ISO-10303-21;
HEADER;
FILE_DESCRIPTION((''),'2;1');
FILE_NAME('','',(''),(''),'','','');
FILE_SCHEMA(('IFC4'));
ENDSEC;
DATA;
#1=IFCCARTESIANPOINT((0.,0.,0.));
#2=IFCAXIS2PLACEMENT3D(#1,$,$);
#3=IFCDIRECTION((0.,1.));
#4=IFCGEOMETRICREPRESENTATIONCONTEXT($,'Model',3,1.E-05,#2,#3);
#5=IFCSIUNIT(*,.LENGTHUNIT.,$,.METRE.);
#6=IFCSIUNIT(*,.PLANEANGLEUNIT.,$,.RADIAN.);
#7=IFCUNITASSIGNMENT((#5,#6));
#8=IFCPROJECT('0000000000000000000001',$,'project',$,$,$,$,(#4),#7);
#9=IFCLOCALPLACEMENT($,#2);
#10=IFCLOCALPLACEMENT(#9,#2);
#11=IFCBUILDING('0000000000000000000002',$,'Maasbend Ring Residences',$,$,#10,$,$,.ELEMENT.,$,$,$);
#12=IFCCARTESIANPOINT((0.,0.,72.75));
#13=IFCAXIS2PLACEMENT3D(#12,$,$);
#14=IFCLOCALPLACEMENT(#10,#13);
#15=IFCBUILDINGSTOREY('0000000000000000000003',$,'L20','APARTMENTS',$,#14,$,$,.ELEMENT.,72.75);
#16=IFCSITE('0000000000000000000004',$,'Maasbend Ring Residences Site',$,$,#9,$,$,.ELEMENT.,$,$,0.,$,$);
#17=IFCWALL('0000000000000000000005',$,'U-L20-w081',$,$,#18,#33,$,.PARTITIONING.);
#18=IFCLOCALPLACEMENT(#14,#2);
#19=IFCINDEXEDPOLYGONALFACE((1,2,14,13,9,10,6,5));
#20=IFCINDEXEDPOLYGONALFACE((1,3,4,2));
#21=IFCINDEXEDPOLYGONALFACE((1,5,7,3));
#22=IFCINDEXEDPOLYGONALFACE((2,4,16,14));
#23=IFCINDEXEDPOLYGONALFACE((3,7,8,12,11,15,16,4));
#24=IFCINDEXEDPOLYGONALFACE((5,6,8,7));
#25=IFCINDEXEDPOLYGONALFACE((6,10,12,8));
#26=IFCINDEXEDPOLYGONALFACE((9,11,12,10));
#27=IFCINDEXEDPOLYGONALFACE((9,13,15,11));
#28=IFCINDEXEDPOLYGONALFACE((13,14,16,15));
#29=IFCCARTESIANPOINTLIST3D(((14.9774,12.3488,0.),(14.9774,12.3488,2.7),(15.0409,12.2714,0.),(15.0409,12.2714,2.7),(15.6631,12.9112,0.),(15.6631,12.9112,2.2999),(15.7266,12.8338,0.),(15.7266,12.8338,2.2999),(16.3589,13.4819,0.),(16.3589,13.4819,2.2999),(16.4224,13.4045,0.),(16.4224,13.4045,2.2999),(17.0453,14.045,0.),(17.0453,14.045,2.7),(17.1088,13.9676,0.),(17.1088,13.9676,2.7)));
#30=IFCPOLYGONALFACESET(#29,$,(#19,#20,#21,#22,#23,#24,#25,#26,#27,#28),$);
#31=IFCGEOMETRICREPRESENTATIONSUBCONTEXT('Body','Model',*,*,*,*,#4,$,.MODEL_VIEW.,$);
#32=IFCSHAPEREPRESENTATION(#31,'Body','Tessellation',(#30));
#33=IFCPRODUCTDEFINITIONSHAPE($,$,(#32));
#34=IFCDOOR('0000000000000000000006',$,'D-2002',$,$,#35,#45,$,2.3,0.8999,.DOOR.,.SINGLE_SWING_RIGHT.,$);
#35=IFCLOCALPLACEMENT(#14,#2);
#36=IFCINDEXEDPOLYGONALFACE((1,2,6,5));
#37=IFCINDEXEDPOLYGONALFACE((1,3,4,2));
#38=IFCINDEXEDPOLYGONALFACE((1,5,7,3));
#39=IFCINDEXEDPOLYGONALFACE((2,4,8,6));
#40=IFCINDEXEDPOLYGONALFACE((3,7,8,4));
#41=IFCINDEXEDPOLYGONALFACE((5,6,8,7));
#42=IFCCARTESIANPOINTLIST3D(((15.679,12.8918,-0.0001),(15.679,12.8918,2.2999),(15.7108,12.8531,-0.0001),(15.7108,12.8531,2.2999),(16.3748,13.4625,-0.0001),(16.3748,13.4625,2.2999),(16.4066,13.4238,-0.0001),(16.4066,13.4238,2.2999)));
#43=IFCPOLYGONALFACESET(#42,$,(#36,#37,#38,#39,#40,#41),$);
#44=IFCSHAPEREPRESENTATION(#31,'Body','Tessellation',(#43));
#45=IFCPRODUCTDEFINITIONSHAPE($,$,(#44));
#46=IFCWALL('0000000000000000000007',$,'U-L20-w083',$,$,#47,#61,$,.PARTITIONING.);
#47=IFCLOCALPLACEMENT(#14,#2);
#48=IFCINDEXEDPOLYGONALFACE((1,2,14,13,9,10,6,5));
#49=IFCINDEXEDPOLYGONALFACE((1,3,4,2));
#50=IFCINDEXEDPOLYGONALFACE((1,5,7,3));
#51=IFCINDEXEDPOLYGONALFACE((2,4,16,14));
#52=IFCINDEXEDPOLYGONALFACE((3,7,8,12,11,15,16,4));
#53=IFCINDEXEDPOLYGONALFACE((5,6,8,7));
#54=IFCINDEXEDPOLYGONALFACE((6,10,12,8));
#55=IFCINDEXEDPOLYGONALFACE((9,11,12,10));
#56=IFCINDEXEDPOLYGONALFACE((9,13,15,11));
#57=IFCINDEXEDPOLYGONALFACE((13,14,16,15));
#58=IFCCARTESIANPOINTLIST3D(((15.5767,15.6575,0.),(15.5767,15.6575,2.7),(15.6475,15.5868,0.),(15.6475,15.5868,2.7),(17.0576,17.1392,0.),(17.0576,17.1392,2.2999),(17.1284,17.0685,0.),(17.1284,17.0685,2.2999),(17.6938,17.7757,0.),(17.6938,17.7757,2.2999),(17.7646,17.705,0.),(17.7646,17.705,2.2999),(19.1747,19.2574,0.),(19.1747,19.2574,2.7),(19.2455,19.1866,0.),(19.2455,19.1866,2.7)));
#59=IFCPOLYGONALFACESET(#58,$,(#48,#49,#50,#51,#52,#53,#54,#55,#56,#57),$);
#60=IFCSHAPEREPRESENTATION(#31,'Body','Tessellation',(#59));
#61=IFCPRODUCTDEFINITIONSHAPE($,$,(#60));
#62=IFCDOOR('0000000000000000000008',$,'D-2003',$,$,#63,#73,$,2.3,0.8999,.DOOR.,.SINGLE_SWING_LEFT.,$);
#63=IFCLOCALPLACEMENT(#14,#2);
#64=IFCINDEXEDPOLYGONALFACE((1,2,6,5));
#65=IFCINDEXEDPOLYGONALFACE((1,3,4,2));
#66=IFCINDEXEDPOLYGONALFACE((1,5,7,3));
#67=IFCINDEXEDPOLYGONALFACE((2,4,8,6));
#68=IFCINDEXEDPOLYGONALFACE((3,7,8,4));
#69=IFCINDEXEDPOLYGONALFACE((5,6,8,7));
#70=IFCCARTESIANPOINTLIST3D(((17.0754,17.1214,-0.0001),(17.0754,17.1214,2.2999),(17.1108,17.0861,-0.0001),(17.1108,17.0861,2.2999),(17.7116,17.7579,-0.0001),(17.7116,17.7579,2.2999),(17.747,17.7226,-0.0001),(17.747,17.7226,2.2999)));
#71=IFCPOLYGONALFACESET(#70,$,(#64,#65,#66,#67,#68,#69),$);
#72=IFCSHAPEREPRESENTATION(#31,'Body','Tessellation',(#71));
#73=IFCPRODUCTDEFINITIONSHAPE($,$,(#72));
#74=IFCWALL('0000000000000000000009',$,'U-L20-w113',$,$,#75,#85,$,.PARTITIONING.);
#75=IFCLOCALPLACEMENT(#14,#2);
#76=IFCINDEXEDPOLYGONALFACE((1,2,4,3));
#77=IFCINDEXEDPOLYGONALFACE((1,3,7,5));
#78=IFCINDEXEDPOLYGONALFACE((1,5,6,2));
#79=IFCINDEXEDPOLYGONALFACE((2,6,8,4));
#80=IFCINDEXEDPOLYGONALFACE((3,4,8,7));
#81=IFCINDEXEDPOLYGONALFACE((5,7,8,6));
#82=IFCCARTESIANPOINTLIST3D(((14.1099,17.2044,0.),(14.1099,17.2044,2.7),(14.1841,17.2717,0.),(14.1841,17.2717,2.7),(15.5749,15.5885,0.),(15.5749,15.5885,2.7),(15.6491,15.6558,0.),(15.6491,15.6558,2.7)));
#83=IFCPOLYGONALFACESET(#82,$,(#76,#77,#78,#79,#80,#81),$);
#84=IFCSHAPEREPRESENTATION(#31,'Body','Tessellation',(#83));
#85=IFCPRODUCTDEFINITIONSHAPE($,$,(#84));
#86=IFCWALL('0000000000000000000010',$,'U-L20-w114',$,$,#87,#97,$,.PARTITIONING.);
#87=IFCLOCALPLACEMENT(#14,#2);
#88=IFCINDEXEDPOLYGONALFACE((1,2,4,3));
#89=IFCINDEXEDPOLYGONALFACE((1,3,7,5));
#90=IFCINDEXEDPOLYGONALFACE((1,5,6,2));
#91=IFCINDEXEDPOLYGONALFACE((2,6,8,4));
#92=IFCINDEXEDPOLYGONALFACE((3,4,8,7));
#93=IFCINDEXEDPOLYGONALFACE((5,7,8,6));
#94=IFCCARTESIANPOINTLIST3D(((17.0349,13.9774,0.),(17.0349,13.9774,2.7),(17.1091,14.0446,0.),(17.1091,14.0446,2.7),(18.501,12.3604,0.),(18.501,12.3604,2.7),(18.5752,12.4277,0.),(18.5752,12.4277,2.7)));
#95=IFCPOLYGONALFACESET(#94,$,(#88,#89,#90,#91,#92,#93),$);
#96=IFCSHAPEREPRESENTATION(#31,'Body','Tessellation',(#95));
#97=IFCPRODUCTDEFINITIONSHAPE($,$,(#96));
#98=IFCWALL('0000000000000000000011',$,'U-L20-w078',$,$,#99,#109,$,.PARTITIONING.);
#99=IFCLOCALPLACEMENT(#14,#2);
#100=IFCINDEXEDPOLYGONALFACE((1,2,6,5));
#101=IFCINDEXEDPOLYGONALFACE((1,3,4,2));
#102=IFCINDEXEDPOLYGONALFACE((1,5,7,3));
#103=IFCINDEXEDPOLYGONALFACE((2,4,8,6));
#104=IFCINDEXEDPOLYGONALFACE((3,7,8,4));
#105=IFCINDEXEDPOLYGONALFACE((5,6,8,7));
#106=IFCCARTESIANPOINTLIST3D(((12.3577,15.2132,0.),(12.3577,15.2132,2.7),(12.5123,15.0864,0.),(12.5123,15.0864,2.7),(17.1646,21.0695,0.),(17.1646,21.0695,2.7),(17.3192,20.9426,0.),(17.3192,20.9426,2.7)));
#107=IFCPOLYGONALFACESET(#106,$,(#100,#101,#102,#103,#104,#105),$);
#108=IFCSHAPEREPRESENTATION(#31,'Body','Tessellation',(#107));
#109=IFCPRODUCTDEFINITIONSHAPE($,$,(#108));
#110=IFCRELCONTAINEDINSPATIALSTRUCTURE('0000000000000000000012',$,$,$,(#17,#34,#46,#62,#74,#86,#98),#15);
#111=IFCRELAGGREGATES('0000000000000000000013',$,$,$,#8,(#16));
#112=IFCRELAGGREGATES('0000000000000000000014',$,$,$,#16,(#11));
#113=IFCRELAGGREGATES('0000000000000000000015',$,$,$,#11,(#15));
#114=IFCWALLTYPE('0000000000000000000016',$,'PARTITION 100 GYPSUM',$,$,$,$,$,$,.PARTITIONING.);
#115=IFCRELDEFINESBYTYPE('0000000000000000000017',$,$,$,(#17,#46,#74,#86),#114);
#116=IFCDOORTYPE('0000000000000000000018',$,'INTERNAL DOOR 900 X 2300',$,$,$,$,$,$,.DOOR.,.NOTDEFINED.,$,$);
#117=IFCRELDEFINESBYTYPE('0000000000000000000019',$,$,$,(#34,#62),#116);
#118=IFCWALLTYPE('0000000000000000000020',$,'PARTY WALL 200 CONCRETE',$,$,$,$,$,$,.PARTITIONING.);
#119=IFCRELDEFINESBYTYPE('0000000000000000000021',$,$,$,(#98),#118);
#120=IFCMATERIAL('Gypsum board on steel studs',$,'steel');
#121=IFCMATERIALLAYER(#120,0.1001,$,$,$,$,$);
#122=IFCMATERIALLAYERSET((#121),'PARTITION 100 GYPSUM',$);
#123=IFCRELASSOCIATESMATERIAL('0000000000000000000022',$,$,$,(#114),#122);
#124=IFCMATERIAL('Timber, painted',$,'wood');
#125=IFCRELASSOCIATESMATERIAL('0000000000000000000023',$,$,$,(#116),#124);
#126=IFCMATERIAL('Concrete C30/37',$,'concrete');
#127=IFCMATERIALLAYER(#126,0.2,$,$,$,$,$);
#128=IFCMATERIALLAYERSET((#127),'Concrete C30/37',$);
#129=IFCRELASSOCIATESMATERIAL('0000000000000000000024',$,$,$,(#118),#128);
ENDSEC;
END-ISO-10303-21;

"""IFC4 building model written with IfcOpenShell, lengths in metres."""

from ifc_helpers import new_model, si_unit, direction, frame, frame_2d, origin, place, context, subcontext, project, spatial, rectangle, extrude, material, layer, layer_set, type_object, element, fill, save


model = new_model("IFC4")

# Units and contexts
model_context = context("Model", 3, precision=1e-05, world=origin(), true_north=direction((0.0, 1.0)))
body_context = subcontext(model_context, "Body", "Model", "MODEL_VIEW")
ifc_project = project(units=[si_unit("LENGTHUNIT", "METRE"), si_unit("PLANEANGLEUNIT", "RADIAN")], contexts=[model_context])

# Site, building, storey
site_placement = place(None, origin())
site = spatial("IfcSite", under=ifc_project, at=site_placement, Name="Maasbend Ring Residences Site", CompositionType="ELEMENT", RefElevation=0.0)
building_placement = place(site_placement, origin())
building = spatial("IfcBuilding", under=site, at=building_placement, Name="Maasbend Ring Residences", CompositionType="ELEMENT")
storey_placement = place(building_placement, frame((0.0, 0.0, 72.75)))
storey = spatial("IfcBuildingStorey", under=building, at=storey_placement, Name="L20", Description="APARTMENTS", CompositionType="ELEMENT", Elevation=72.75)

# Walls, openings, doors
ifc_material_1 = material(Name="Gypsum board on steel studs", Category="steel")
ifc_layer_1 = layer(ifc_material_1, 0.1001)
ifc_layer_set_1 = layer_set([ifc_layer_1], Name="PARTITION 100 GYPSUM")
wall_type_1 = type_object("IfcWallType", Name="PARTITION 100 GYPSUM", PredefinedType="PARTITIONING", material=ifc_layer_set_1)
ifc_material_2 = material(Name="Timber, painted", Category="wood")
door_type_1 = type_object("IfcDoorType", Name="INTERNAL DOOR 900 X 2300", OperationType="NOTDEFINED", PredefinedType="DOOR", material=ifc_material_2)
wall_1_placement = place(storey_placement, frame((15.009, 12.3101, 0.0), z_axis=(0.0, 0.0, 1.0), x_axis=(0.773196, 0.634167, 0.0)))
wall_1 = element("IfcWall", 1, at=wall_1_placement, inside=storey, type_object=wall_type_1, Name="U-L20-w081", PredefinedType="PARTITIONING", context=body_context, shape_type="SweptSolid", body=[
    extrude(rectangle(XDim=2.6746, YDim=0.1001, at=frame_2d((1.3374, 0.0))), origin(), (0.0, 0.0, 1.0), 2.7),
])
opening_1_placement = place(wall_1_placement, frame((0.887, 0.0, 0.0)))
opening_1 = element("IfcOpeningElement", 2, at=opening_1_placement, cuts=wall_1, PredefinedType="OPENING", context=body_context, shape_type="SweptSolid", body=[
    extrude(rectangle(XDim=0.8999, YDim=2.3, at=frame_2d((0.45, 1.1499))), frame((0.0, 0.0601, 0.0), z_axis=(0.0, -1.0, 0.0), x_axis=(1.0, 0.0, 0.0)), (0.0, 0.0, 1.0), 0.1201),
])
door_1_placement = place(opening_1_placement, origin())
door_1 = element("IfcDoor", 3, at=door_1_placement, inside=storey, type_object=door_type_1, Name="D-2002", OperationType="SINGLE_SWING_RIGHT", OverallHeight=2.3, OverallWidth=0.8999, PredefinedType="DOOR", context=body_context, shape_type="SweptSolid", body=[
    extrude(rectangle(XDim=0.8999, YDim=2.3, at=frame_2d((0.45, 1.1499))), frame((0.0, 0.0249, 0.0), z_axis=(0.0, -1.0, 0.0), x_axis=(1.0, 0.0, 0.0)), (0.0, 0.0, 1.0), 0.05),
])
fill(opening_1, door_1)
wall_2_placement = place(storey_placement, frame((15.6121, 15.6221, 0.0), z_axis=(0.0, 0.0, 1.0), x_axis=(0.706915, 0.707299, 0.0)))
wall_2 = element("IfcWall", 4, at=wall_2_placement, inside=storey, type_object=wall_type_1, Name="U-L20-w083", PredefinedType="PARTITIONING", context=body_context, shape_type="SweptSolid", body=[
    extrude(rectangle(XDim=5.0896, YDim=0.1001, at=frame_2d((2.5449, 0.0))), origin(), (0.0, 0.0, 1.0), 2.7),
])
opening_2_placement = place(wall_2_placement, frame((2.095, 0.0, 0.0)))
opening_2 = element("IfcOpeningElement", 5, at=opening_2_placement, cuts=wall_2, PredefinedType="OPENING", context=body_context, shape_type="SweptSolid", body=[
    extrude(rectangle(XDim=0.8999, YDim=2.3, at=frame_2d((0.45, 1.1499))), frame((0.0, 0.0601, 0.0), z_axis=(0.0, -1.0, 0.0), x_axis=(1.0, 0.0, 0.0)), (0.0, 0.0, 1.0), 0.1201),
])
door_2_placement = place(opening_2_placement, origin())
door_2 = element("IfcDoor", 6, at=door_2_placement, inside=storey, type_object=door_type_1, Name="D-2003", OperationType="SINGLE_SWING_LEFT", OverallHeight=2.3, OverallWidth=0.8999, PredefinedType="DOOR", context=body_context, shape_type="SweptSolid", body=[
    extrude(rectangle(XDim=0.8999, YDim=2.3, at=frame_2d((0.45, 1.1499))), frame((0.0, 0.0249, 0.0), z_axis=(0.0, -1.0, 0.0), x_axis=(1.0, 0.0, 0.0)), (0.0, 0.0, 1.0), 0.05),
])
fill(opening_2, door_2)

# Walls
wall_3_placement = place(storey_placement, frame((14.147, 17.238, 0.0), z_axis=(0.0, 0.0, 1.0), x_axis=(0.671675, -0.740846, 0.0)))
element("IfcWall", 7, at=wall_3_placement, inside=storey, type_object=wall_type_1, Name="U-L20-w113", PredefinedType="PARTITIONING", context=body_context, shape_type="SweptSolid", body=[
    extrude(rectangle(XDim=2.1812, YDim=0.1001, at=frame_2d((1.0906, 0.0))), origin(), (0.0, 0.0, 1.0), 2.7),
])
wall_4_placement = place(storey_placement, frame((17.072, 14.011, 0.0), z_axis=(0.0, 0.0, 1.0), x_axis=(0.671698, -0.740825, 0.0)))
element("IfcWall", 8, at=wall_4_placement, inside=storey, type_object=wall_type_1, Name="U-L20-w114", PredefinedType="PARTITIONING", context=body_context, shape_type="SweptSolid", body=[
    extrude(rectangle(XDim=2.1826, YDim=0.1001, at=frame_2d((1.0913, 0.0))), origin(), (0.0, 0.0, 1.0), 2.7),
])
ifc_material_3 = material(Name="Concrete C30/37", Category="concrete")
ifc_layer_2 = layer(ifc_material_3, 0.2)
ifc_layer_set_2 = layer_set([ifc_layer_2], Name="Concrete C30/37")
wall_type_2 = type_object("IfcWallType", Name="PARTY WALL 200 CONCRETE", PredefinedType="PARTITIONING", material=ifc_layer_set_2)
wall_5_placement = place(storey_placement, frame((12.4351, 15.1499, 0.0), z_axis=(0.0, 0.0, 1.0), x_axis=(0.634458, 0.772957, 0.0)))
element("IfcWall", 9, at=wall_5_placement, inside=storey, type_object=wall_type_2, Name="U-L20-w078", PredefinedType="PARTITIONING", context=body_context, shape_type="SweptSolid", body=[
    extrude(rectangle(XDim=7.5764, YDim=0.2, at=frame_2d((3.7881, 0.0))), origin(), (0.0, 0.0, 1.0), 2.7),
])

save(model, "model.ifc")
